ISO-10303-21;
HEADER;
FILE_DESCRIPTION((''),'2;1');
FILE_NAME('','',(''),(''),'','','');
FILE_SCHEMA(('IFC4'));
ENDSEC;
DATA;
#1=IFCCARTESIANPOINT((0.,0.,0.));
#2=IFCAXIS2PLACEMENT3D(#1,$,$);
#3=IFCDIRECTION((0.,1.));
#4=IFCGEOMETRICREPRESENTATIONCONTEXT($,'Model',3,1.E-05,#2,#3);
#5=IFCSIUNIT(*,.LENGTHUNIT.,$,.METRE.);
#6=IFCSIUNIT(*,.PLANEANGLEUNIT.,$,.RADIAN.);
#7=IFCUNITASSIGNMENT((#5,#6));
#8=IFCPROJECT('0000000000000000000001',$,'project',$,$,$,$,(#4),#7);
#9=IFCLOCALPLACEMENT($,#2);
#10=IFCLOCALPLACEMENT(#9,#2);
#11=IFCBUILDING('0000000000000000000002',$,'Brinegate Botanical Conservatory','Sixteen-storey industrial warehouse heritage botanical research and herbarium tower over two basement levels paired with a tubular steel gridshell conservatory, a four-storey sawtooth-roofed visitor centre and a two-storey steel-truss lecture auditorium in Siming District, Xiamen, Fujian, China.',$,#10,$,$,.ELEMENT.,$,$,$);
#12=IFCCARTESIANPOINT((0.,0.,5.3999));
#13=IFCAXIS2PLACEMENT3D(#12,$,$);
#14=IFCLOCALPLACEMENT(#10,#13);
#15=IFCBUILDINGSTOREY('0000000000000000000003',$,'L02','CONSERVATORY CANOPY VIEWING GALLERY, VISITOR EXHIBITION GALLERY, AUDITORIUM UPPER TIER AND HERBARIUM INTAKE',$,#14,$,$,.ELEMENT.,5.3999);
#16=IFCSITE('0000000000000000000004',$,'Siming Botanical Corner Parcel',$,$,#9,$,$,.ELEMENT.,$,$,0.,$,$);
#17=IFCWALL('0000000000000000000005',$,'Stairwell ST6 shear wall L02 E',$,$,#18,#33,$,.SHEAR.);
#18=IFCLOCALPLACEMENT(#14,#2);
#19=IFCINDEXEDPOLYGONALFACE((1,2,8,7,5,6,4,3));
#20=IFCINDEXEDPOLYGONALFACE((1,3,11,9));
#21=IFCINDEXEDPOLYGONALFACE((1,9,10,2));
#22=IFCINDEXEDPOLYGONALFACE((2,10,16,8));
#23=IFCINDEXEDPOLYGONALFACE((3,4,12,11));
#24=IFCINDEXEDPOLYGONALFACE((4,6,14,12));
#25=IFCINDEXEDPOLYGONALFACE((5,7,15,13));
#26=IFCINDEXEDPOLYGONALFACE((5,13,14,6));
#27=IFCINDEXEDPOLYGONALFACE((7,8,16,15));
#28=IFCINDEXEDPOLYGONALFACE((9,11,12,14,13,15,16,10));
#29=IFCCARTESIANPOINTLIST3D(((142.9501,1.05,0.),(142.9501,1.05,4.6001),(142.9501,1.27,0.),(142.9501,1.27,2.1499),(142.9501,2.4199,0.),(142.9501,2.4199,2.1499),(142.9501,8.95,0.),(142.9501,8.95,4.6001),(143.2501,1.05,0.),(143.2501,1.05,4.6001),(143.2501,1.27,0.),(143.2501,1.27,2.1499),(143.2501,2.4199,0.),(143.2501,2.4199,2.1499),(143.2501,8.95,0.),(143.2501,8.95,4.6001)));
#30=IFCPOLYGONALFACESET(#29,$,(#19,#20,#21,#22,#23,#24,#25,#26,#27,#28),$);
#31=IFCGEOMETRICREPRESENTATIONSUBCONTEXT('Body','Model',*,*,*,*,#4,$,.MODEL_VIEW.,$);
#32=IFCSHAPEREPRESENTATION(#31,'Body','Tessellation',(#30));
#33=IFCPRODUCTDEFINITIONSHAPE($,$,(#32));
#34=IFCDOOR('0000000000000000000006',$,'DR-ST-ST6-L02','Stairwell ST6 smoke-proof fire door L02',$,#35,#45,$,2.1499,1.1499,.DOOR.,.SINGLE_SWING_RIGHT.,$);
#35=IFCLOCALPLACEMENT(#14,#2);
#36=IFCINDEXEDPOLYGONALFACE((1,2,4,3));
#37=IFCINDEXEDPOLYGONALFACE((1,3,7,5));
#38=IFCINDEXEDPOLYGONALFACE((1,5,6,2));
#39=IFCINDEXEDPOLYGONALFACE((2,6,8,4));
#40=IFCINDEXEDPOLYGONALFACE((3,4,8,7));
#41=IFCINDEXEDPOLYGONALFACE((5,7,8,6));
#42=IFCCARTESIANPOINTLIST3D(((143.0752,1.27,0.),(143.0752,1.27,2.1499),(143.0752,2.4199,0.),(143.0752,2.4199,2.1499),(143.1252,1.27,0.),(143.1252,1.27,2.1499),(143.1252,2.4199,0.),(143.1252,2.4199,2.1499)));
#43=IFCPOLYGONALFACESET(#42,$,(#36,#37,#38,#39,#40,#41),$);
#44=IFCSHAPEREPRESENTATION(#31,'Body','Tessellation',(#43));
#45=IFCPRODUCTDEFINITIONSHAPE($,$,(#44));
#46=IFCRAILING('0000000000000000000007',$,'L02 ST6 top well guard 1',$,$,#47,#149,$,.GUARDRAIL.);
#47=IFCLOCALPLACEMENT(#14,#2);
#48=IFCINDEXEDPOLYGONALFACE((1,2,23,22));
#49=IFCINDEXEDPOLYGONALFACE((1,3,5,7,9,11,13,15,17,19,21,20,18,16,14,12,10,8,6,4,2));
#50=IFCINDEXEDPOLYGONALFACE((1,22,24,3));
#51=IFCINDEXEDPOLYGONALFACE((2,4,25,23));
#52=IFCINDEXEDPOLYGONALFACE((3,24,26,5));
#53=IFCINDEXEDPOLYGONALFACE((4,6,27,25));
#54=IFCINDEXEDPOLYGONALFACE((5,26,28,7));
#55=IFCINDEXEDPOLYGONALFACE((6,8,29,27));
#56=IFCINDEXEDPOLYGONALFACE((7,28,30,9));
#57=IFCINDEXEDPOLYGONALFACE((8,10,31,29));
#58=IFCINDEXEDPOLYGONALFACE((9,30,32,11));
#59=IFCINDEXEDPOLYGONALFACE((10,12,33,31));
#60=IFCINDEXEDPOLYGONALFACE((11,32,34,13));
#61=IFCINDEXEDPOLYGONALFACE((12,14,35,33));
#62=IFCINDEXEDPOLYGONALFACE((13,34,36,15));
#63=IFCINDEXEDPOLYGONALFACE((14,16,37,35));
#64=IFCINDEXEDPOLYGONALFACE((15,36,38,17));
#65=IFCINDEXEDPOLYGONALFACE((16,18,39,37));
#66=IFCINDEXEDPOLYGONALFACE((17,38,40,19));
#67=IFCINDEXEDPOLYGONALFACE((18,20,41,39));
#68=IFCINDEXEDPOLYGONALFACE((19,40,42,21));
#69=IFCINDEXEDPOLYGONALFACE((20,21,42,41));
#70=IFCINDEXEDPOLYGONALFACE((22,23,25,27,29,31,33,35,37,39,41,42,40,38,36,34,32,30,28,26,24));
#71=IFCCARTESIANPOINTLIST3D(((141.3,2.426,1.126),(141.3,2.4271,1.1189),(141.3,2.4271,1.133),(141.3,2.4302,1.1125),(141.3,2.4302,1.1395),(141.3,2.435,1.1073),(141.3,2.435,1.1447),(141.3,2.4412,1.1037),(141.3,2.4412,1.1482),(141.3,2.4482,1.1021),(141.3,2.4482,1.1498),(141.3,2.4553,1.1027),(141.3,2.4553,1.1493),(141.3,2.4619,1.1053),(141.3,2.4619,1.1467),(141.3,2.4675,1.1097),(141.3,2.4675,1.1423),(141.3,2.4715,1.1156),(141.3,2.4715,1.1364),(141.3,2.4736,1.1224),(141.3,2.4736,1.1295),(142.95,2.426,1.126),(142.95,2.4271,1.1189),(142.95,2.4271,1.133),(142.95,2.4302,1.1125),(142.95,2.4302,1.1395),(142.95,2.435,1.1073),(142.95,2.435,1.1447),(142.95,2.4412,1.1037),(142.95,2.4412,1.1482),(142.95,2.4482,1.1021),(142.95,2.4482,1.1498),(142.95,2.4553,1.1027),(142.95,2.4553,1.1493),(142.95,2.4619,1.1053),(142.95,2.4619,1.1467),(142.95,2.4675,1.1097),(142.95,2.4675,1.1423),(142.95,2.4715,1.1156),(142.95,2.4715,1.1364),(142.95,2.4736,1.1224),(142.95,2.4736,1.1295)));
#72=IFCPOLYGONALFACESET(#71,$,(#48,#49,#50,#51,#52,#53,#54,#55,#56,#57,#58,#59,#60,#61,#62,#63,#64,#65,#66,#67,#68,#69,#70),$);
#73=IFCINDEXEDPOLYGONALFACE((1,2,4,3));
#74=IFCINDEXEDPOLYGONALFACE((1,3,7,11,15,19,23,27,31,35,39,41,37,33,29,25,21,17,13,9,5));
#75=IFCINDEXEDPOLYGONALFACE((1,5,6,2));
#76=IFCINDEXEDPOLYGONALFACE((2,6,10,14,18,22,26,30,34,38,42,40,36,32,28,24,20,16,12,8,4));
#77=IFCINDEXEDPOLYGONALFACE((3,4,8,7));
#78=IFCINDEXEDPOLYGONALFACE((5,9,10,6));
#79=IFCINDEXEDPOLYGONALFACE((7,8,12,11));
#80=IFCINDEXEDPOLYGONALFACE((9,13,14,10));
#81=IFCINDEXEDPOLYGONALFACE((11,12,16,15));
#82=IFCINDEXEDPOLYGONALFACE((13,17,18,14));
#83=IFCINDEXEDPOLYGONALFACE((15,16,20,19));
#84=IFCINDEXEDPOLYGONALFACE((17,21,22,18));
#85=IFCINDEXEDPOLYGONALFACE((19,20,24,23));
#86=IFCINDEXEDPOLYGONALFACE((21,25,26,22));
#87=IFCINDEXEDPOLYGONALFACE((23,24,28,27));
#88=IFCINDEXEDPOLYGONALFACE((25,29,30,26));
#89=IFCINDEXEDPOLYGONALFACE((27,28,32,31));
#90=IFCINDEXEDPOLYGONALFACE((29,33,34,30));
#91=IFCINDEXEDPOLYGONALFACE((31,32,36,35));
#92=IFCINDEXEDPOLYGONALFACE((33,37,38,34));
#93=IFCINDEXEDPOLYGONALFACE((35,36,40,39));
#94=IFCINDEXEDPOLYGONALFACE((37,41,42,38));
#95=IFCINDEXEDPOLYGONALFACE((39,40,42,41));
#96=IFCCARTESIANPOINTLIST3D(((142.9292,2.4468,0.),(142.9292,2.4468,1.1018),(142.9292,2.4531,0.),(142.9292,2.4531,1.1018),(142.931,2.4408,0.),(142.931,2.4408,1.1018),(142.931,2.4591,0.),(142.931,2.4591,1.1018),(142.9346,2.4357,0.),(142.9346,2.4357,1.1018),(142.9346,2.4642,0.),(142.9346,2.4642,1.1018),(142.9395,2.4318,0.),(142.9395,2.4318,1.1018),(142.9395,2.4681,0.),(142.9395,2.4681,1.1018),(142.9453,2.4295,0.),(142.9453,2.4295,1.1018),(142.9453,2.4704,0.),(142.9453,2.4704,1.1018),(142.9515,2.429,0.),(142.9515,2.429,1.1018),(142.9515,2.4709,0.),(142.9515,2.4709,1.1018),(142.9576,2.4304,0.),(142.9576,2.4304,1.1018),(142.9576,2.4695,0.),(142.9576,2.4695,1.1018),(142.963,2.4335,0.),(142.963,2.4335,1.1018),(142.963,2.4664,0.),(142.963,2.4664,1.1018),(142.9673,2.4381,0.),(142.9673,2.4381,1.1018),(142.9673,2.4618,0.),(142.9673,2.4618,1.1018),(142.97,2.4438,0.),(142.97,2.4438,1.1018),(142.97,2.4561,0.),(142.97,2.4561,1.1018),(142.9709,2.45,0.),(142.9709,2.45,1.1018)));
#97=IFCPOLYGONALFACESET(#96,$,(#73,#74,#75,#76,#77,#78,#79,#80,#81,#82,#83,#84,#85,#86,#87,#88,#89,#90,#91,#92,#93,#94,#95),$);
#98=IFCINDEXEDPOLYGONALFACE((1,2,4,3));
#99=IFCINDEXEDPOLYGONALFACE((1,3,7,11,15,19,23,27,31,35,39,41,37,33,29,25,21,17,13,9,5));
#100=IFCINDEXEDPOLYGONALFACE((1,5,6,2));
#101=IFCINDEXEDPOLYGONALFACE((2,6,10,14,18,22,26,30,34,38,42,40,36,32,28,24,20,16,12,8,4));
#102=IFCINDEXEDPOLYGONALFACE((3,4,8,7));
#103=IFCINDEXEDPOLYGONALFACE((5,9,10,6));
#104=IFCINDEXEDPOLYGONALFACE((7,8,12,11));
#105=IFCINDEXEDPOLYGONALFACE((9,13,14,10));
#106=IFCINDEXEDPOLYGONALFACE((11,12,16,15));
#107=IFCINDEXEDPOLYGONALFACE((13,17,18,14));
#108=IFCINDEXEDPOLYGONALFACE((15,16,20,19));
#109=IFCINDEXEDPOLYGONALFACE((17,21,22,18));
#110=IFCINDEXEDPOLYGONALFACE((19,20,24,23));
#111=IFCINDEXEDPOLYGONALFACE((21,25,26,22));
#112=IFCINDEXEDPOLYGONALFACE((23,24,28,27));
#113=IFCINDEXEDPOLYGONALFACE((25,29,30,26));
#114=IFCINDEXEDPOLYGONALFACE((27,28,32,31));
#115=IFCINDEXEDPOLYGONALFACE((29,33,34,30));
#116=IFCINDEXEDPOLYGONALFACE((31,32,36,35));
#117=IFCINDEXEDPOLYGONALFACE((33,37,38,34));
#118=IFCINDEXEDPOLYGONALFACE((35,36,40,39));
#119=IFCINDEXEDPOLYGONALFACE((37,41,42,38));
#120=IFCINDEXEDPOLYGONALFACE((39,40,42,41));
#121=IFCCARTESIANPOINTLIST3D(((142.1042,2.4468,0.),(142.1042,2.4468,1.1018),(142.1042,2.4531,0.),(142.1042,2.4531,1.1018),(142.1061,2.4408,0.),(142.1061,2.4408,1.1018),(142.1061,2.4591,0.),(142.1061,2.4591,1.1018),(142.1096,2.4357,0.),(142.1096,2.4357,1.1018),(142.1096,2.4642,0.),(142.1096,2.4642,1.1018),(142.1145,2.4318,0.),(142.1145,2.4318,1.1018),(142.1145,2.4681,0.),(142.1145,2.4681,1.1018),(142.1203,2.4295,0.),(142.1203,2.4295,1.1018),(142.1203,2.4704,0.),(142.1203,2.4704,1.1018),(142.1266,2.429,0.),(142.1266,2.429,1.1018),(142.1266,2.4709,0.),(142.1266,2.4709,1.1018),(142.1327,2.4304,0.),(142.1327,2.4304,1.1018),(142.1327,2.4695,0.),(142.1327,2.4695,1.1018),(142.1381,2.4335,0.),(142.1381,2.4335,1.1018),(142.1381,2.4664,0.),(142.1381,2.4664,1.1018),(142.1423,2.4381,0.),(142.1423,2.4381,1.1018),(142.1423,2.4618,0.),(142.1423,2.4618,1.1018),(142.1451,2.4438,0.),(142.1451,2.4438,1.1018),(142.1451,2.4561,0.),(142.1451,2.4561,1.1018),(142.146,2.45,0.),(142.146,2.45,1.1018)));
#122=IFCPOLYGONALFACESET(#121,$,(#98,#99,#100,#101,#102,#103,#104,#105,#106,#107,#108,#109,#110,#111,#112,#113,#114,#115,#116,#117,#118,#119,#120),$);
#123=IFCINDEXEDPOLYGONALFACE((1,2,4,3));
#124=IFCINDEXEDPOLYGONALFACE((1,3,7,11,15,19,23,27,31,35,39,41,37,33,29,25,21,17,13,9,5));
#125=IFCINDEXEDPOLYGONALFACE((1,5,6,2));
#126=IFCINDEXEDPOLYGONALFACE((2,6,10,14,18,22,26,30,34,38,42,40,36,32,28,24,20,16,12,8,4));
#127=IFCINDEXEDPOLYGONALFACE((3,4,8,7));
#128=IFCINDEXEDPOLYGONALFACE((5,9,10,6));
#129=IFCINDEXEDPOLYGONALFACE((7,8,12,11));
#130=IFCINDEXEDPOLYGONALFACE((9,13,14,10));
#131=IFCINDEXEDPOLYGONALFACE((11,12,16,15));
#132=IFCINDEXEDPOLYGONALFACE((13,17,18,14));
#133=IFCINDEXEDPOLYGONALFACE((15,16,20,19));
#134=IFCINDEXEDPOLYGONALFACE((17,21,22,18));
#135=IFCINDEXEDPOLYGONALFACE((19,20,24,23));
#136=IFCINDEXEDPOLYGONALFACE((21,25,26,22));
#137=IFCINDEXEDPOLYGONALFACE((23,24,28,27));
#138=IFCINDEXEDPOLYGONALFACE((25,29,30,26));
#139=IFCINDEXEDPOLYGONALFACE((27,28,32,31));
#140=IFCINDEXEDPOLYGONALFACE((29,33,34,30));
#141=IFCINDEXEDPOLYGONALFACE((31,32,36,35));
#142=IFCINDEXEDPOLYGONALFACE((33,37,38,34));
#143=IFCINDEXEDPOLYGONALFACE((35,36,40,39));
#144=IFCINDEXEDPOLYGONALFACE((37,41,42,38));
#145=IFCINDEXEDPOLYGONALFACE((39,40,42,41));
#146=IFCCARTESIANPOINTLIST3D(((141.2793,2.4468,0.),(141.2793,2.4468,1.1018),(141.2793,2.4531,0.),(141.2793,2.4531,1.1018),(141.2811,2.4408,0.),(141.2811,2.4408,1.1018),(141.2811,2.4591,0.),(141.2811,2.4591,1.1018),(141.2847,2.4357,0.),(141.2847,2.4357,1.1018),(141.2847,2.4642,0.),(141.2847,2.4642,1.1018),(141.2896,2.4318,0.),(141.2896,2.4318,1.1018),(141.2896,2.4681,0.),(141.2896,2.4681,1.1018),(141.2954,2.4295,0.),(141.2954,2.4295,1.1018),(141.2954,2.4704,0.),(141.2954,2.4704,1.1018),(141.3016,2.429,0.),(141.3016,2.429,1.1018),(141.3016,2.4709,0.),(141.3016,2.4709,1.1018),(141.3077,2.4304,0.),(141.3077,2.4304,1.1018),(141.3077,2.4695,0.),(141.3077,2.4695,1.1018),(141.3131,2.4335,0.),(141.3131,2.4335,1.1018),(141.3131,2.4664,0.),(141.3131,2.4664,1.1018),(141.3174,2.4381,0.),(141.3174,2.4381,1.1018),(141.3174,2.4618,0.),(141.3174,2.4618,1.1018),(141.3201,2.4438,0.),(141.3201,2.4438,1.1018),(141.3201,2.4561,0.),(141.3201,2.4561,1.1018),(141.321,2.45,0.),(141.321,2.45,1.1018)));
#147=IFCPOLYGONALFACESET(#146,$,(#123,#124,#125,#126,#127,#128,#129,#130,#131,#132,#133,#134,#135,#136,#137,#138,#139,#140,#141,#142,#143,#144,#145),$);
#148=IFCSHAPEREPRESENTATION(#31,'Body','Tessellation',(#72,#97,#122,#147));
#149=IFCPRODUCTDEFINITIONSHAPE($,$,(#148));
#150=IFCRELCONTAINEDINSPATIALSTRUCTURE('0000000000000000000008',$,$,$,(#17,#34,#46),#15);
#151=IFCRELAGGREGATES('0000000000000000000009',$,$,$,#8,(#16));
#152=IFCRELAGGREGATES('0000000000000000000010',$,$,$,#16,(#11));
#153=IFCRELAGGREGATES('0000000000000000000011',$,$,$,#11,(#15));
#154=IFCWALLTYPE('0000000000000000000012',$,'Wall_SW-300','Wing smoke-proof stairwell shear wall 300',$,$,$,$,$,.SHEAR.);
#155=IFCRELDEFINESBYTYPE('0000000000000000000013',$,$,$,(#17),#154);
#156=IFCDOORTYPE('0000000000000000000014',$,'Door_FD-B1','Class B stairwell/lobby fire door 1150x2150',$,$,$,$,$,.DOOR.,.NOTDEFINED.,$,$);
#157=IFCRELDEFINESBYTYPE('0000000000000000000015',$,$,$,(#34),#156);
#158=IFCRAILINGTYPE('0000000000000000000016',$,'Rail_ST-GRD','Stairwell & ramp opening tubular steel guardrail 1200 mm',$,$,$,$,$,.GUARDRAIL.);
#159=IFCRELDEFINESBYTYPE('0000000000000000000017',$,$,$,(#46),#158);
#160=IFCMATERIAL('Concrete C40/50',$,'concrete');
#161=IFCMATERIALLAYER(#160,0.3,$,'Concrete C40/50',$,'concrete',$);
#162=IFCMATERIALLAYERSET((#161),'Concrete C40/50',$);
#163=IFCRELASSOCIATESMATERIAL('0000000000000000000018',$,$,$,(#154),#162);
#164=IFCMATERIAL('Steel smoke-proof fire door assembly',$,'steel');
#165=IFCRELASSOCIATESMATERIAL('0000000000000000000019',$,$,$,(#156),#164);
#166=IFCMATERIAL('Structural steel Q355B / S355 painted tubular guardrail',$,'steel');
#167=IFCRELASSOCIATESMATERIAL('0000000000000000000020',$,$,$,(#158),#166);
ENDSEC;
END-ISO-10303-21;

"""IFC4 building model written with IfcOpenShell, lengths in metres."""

from ifc_helpers import new_model, si_unit, direction, frame, frame_2d, origin, origin_2d, place, context, subcontext, project, spatial, rectangle, circle, extrude, material, layer, layer_set, type_object, element, fill, save


model = new_model("IFC4")

# Units and contexts
model_context = context("Model", 3, precision=1e-05, world=origin(), true_north=direction((0.0, 1.0)))
body_context = subcontext(model_context, "Body", "Model", "MODEL_VIEW")
ifc_project = project(units=[si_unit("LENGTHUNIT", "METRE"), si_unit("PLANEANGLEUNIT", "RADIAN")], contexts=[model_context])

# Site, building, storey
site_placement = place(None, origin())
site = spatial("IfcSite", under=ifc_project, at=site_placement, Name="Siming Botanical Corner Parcel", CompositionType="ELEMENT", RefElevation=0.0)
building_placement = place(site_placement, origin())
building = spatial("IfcBuilding", under=site, at=building_placement, Name="Brinegate Botanical Conservatory", Description="Sixteen-storey industrial warehouse heritage botanical research and herbarium tower over two basement levels paired with a tubular steel gridshell conservatory, a four-storey sawtooth-roofed visitor centre and a two-storey steel-truss lecture auditorium in Siming District, Xiamen, Fujian, China.", CompositionType="ELEMENT")
storey_placement = place(building_placement, frame((0.0, 0.0, 5.3999)))
storey = spatial("IfcBuildingStorey", under=building, at=storey_placement, Name="L02", Description="CONSERVATORY CANOPY VIEWING GALLERY, VISITOR EXHIBITION GALLERY, AUDITORIUM UPPER TIER AND HERBARIUM INTAKE", CompositionType="ELEMENT", Elevation=5.3999)

# Shared definitions
ifc_material_1 = material(Name="Concrete C40/50", Category="concrete")

# Shared definitions
ifc_layer_1 = layer(ifc_material_1, 0.3, Name="Concrete C40/50", Category="concrete")
ifc_layer_set_1 = layer_set([ifc_layer_1], Name="Concrete C40/50")
wall_type_1 = type_object("IfcWallType", Name="Wall_SW-300", Description="Wing smoke-proof stairwell shear wall 300", PredefinedType="SHEAR", material=ifc_layer_set_1)

# Wall, opening, door
wall_1_placement = place(storey_placement, frame((143.1001, 1.05, 0.0), z_axis=(0.0, 0.0, 1.0), x_axis=(0.0, 1.0, 0.0)))
wall_1 = element("IfcWall", 1, at=wall_1_placement, inside=storey, type_object=wall_type_1, Name="Stairwell ST6 shear wall L02 E", PredefinedType="SHEAR", context=body_context, shape_type="SweptSolid", body=[
    extrude(rectangle(XDim=7.8999, YDim=0.3, at=frame_2d((3.95, 0.0))), origin(), (0.0, 0.0, 1.0), 4.6001),
])
opening_1_placement = place(wall_1_placement, frame((0.22, 0.0, 0.0)))
opening_1 = element("IfcOpeningElement", 2, at=opening_1_placement, cuts=wall_1, PredefinedType="OPENING", context=body_context, shape_type="SweptSolid", body=[
    extrude(rectangle(XDim=1.1499, YDim=2.1499, at=frame_2d((0.575, 1.075))), frame((0.0, 0.1599, 0.0), z_axis=(0.0, -1.0, 0.0), x_axis=(1.0, 0.0, 0.0)), (0.0, 0.0, 1.0), 0.3201),
])
ifc_material_2 = material(Name="Steel smoke-proof fire door assembly", Category="steel")
door_type_1 = type_object("IfcDoorType", Name="Door_FD-B1", Description="Class B stairwell/lobby fire door 1150x2150", OperationType="NOTDEFINED", PredefinedType="DOOR", material=ifc_material_2)
door_1_placement = place(opening_1_placement, origin())
door_1 = element("IfcDoor", 3, at=door_1_placement, inside=storey, type_object=door_type_1, Name="DR-ST-ST6-L02", Description="Stairwell ST6 smoke-proof fire door L02", OperationType="SINGLE_SWING_RIGHT", OverallHeight=2.1499, OverallWidth=1.1499, PredefinedType="DOOR", context=body_context, shape_type="SweptSolid", body=[
    extrude(rectangle(XDim=1.1499, YDim=2.1499, at=frame_2d((0.575, 1.075))), frame((0.0, 0.0249, 0.0), z_axis=(0.0, -1.0, 0.0), x_axis=(1.0, 0.0, 0.0)), (0.0, 0.0, 1.0), 0.05),
])
fill(opening_1, door_1)

# Railing
ifc_material_3 = material(Name="Structural steel Q355B / S355 painted tubular guardrail", Category="steel")
railing_type = type_object("IfcRailingType", Name="Rail_ST-GRD", Description="Stairwell & ramp opening tubular steel guardrail 1200 mm", PredefinedType="GUARDRAIL", material=ifc_material_3)
railing_placement = place(storey_placement, frame((142.95, 2.45, 0.0)))
element("IfcRailing", 4, at=railing_placement, inside=storey, type_object=railing_type, Name="L02 ST6 top well guard 1", PredefinedType="GUARDRAIL", context=body_context, shape_type="SweptSolid", body=[
    extrude(circle(Radius=0.0239, at=origin_2d()), frame((0.0, 0.0, 1.126), z_axis=(-1.0, 0.0, 0.0), x_axis=(0.0, -1.0, 0.0)), (0.0, 0.0, 1.0), 1.6499),
    extrude(circle(Radius=0.021, at=origin_2d()), origin(), (0.0, 0.0, 1.0), 1.1018),
    extrude(circle(Radius=0.021, at=origin_2d()), frame((-0.825, 0.0, 0.0)), (0.0, 0.0, 1.0), 1.1018),
    extrude(circle(Radius=0.021, at=origin_2d()), frame((-1.6499, 0.0, 0.0)), (0.0, 0.0, 1.0), 1.1018),
])

save(model, "model.ifc")
